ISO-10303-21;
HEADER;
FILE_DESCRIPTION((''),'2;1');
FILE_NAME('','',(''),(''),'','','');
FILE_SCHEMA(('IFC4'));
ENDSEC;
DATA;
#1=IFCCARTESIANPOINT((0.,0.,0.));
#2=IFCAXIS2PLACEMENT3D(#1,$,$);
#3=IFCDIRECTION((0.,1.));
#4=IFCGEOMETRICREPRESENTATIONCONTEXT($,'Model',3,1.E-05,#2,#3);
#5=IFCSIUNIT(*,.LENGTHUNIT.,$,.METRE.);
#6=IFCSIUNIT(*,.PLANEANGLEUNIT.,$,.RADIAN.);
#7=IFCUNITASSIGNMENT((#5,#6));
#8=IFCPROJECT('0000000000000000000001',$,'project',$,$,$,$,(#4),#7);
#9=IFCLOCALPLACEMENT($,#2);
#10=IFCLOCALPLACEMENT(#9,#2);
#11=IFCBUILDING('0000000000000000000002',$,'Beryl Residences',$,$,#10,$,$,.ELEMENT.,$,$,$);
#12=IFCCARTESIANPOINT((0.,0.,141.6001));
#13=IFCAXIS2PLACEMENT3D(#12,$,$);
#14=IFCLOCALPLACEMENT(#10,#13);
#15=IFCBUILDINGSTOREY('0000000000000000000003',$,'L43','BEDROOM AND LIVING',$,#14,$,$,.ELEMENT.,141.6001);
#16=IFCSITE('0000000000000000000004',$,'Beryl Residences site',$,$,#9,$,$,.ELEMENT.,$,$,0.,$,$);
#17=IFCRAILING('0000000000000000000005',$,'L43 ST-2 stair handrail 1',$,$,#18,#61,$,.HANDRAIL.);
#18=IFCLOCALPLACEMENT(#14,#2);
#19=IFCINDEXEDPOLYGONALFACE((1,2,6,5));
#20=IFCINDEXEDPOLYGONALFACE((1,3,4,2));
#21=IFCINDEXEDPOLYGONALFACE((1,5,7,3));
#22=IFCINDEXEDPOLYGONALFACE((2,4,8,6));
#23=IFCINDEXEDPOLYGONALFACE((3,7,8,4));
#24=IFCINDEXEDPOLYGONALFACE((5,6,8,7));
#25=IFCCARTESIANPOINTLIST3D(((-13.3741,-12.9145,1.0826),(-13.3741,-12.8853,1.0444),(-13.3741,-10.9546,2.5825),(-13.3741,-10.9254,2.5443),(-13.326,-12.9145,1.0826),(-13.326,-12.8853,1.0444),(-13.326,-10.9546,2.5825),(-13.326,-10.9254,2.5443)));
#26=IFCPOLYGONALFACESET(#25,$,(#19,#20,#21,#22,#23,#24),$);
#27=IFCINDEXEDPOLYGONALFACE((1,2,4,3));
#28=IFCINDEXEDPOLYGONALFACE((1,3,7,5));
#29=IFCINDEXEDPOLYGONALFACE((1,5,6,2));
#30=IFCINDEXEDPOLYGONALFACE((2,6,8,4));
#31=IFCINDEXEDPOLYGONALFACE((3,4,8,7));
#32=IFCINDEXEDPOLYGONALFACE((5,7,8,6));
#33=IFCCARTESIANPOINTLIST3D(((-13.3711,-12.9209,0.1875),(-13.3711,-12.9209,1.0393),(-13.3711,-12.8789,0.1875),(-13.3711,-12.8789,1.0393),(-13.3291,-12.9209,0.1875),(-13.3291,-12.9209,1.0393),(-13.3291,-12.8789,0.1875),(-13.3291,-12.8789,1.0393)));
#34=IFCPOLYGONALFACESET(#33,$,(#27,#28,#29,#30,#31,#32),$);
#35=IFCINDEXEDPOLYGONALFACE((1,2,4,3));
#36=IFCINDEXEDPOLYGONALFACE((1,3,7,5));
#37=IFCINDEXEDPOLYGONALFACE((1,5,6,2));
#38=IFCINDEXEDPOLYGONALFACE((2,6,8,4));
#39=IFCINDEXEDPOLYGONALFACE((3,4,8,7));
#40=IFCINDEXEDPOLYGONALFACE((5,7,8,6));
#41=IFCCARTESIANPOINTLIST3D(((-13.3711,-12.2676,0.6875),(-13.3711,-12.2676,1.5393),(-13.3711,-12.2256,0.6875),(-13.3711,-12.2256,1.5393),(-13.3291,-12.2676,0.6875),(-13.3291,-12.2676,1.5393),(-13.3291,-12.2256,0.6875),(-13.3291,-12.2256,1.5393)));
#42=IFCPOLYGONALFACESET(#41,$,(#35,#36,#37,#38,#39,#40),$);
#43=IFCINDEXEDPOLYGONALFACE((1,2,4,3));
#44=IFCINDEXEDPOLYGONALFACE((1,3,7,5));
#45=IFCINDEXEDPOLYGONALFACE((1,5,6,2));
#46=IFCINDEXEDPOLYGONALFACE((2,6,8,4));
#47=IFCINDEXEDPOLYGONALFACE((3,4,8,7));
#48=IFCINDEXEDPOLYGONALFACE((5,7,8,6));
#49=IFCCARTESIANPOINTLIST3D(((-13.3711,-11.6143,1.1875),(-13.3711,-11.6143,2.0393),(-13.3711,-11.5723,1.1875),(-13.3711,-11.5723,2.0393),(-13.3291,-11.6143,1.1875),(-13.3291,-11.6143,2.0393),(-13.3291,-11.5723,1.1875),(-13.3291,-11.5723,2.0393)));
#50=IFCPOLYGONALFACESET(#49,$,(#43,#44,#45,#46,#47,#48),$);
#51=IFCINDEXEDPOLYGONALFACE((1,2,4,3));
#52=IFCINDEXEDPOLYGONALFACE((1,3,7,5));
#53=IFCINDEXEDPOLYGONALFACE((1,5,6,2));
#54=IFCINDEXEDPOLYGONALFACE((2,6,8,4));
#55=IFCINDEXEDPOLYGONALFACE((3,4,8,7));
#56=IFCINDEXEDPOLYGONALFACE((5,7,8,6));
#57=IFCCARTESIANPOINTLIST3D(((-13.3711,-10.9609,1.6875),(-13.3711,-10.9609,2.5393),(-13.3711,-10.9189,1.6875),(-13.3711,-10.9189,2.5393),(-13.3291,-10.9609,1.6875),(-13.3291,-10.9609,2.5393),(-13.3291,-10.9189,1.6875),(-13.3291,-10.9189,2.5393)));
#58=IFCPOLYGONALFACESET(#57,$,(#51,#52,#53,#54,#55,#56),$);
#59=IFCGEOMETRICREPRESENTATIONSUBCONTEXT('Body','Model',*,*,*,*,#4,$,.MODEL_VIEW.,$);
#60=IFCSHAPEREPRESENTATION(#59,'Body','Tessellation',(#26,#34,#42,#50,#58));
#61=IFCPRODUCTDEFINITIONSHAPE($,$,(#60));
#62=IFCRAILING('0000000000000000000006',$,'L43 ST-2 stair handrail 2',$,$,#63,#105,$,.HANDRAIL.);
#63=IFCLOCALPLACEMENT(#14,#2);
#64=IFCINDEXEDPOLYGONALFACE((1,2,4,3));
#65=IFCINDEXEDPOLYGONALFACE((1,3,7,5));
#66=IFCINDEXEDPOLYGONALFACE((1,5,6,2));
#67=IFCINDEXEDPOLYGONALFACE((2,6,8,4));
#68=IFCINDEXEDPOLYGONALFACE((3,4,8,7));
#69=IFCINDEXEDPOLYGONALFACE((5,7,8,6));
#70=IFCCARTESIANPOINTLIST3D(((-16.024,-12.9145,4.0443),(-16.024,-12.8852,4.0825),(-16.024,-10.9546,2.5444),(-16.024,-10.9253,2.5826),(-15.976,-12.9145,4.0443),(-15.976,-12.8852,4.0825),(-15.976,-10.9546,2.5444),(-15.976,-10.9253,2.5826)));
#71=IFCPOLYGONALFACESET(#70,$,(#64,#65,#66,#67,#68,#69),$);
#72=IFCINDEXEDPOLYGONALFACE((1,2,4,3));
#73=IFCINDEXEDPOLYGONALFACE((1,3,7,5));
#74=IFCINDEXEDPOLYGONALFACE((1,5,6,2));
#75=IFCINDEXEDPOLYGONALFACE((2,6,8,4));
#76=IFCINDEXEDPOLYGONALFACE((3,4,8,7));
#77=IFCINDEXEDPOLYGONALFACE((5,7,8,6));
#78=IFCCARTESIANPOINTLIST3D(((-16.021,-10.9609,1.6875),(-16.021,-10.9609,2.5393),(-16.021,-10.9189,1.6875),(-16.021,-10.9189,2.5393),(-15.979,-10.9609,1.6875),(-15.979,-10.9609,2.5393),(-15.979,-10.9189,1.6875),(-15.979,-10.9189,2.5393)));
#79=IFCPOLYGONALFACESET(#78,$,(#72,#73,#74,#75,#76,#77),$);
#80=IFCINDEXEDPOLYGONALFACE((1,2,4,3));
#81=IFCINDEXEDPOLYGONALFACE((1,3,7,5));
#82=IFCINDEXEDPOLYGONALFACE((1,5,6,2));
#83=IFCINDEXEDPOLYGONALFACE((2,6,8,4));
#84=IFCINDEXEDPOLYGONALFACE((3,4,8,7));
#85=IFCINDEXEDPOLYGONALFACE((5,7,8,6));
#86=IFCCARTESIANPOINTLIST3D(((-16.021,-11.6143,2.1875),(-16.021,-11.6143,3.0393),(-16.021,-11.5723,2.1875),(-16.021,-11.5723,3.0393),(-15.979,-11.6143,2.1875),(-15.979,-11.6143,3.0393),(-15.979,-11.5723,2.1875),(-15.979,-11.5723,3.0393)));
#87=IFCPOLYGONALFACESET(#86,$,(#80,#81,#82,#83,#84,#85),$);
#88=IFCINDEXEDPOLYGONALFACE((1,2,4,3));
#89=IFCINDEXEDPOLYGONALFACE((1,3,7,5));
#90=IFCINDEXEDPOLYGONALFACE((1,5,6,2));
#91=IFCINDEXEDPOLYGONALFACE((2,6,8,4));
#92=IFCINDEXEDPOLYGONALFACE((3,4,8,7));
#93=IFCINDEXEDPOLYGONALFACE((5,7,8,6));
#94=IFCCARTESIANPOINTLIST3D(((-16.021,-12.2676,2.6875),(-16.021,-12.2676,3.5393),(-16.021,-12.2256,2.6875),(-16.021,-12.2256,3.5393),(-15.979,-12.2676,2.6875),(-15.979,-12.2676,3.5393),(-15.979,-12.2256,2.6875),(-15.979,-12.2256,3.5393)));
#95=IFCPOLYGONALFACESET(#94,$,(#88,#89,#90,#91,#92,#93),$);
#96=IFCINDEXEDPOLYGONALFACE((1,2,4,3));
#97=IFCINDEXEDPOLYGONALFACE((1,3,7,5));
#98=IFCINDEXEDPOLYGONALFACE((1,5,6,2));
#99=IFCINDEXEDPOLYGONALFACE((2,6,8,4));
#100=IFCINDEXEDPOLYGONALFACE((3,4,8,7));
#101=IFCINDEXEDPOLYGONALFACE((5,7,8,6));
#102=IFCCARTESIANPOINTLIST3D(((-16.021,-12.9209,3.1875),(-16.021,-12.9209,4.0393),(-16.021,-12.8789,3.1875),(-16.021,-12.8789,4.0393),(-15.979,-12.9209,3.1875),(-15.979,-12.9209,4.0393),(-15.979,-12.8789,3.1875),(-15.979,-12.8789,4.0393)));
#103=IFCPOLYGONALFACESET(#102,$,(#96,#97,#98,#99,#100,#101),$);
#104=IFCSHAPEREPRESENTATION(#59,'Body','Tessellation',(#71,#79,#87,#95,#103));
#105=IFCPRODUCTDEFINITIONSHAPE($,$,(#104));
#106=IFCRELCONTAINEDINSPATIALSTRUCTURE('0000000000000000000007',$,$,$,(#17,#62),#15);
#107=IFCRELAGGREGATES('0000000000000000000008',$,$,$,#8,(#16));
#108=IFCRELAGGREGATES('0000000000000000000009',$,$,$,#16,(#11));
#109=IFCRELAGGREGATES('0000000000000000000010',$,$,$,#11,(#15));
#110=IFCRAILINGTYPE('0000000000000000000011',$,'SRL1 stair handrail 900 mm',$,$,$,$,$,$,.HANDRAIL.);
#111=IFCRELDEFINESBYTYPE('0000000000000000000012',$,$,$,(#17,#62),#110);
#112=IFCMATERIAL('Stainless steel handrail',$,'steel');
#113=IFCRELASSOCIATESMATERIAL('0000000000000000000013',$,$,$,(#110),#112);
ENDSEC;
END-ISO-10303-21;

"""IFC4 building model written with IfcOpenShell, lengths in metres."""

from ifc_helpers import new_model, si_unit, direction, frame, origin, origin_2d, place, context, subcontext, project, spatial, rectangle, extrude, material, type_object, element, save


model = new_model("IFC4")

# Units and contexts
model_context = context("Model", 3, precision=1e-05, world=origin(), true_north=direction((0.0, 1.0)))
body_context = subcontext(model_context, "Body", "Model", "MODEL_VIEW")
ifc_project = project(units=[si_unit("LENGTHUNIT", "METRE"), si_unit("PLANEANGLEUNIT", "RADIAN")], contexts=[model_context])

# Site, building, storey
site_placement = place(None, origin())
site = spatial("IfcSite", under=ifc_project, at=site_placement, Name="Beryl Residences site", CompositionType="ELEMENT", RefElevation=0.0)
building_placement = place(site_placement, origin())
building = spatial("IfcBuilding", under=site, at=building_placement, Name="Beryl Residences", CompositionType="ELEMENT")
storey_placement = place(building_placement, frame((0.0, 0.0, 141.6001)))
storey = spatial("IfcBuildingStorey", under=building, at=storey_placement, Name="L43", Description="BEDROOM AND LIVING", CompositionType="ELEMENT", Elevation=141.6001)

# Railings
ifc_material_1 = material(Name="Stainless steel handrail", Category="steel")
railing_type_1 = type_object("IfcRailingType", Name="SRL1 stair handrail 900 mm", PredefinedType="HANDRAIL", material=ifc_material_1)
railing_1_placement = place(storey_placement, frame((-13.3501, -12.8999, 0.1875)))
element("IfcRailing", 1, at=railing_1_placement, inside=storey, type_object=railing_type_1, Name="L43 ST-2 stair handrail 1", PredefinedType="HANDRAIL", context=body_context, shape_type="SweptSolid", body=[
    extrude(rectangle(XDim=0.0481, YDim=0.0481, at=origin_2d()), frame((0.0, 0.0, 0.876), z_axis=(0.0, 0.794122, 0.607758), x_axis=(-1.0, 0.0, 0.0)), (0.0, 0.0, 1.0), 2.468),
    extrude(rectangle(XDim=0.042, YDim=0.042, at=origin_2d()), origin(), (0.0, 0.0, 1.0), 0.8518),
    extrude(rectangle(XDim=0.042, YDim=0.042, at=origin_2d()), frame((0.0, 0.6533, 0.5)), (0.0, 0.0, 1.0), 0.8518),
    extrude(rectangle(XDim=0.042, YDim=0.042, at=origin_2d()), frame((0.0, 1.3066, 1.0)), (0.0, 0.0, 1.0), 0.8518),
    extrude(rectangle(XDim=0.042, YDim=0.042, at=origin_2d()), frame((0.0, 1.96, 1.5)), (0.0, 0.0, 1.0), 0.8518),
])
railing_2_placement = place(storey_placement, frame((-16.0, -10.9399, 1.6875)))
element("IfcRailing", 2, at=railing_2_placement, inside=storey, type_object=railing_type_1, Name="L43 ST-2 stair handrail 2", PredefinedType="HANDRAIL", context=body_context, shape_type="SweptSolid", body=[
    extrude(rectangle(XDim=0.0481, YDim=0.0481, at=origin_2d()), frame((0.0, 0.0, 0.876), z_axis=(0.0, -0.794122, 0.607758), x_axis=(1.0, 0.0, 0.0)), (0.0, 0.0, 1.0), 2.468),
    extrude(rectangle(XDim=0.042, YDim=0.042, at=origin_2d()), origin(), (0.0, 0.0, 1.0), 0.8518),
    extrude(rectangle(XDim=0.042, YDim=0.042, at=origin_2d()), frame((0.0, -0.6533, 0.5)), (0.0, 0.0, 1.0), 0.8518),
    extrude(rectangle(XDim=0.042, YDim=0.042, at=origin_2d()), frame((0.0, -1.3066, 1.0)), (0.0, 0.0, 1.0), 0.8518),
    extrude(rectangle(XDim=0.042, YDim=0.042, at=origin_2d()), frame((0.0, -1.96, 1.5)), (0.0, 0.0, 1.0), 0.8518),
])

save(model, "model.ifc")
